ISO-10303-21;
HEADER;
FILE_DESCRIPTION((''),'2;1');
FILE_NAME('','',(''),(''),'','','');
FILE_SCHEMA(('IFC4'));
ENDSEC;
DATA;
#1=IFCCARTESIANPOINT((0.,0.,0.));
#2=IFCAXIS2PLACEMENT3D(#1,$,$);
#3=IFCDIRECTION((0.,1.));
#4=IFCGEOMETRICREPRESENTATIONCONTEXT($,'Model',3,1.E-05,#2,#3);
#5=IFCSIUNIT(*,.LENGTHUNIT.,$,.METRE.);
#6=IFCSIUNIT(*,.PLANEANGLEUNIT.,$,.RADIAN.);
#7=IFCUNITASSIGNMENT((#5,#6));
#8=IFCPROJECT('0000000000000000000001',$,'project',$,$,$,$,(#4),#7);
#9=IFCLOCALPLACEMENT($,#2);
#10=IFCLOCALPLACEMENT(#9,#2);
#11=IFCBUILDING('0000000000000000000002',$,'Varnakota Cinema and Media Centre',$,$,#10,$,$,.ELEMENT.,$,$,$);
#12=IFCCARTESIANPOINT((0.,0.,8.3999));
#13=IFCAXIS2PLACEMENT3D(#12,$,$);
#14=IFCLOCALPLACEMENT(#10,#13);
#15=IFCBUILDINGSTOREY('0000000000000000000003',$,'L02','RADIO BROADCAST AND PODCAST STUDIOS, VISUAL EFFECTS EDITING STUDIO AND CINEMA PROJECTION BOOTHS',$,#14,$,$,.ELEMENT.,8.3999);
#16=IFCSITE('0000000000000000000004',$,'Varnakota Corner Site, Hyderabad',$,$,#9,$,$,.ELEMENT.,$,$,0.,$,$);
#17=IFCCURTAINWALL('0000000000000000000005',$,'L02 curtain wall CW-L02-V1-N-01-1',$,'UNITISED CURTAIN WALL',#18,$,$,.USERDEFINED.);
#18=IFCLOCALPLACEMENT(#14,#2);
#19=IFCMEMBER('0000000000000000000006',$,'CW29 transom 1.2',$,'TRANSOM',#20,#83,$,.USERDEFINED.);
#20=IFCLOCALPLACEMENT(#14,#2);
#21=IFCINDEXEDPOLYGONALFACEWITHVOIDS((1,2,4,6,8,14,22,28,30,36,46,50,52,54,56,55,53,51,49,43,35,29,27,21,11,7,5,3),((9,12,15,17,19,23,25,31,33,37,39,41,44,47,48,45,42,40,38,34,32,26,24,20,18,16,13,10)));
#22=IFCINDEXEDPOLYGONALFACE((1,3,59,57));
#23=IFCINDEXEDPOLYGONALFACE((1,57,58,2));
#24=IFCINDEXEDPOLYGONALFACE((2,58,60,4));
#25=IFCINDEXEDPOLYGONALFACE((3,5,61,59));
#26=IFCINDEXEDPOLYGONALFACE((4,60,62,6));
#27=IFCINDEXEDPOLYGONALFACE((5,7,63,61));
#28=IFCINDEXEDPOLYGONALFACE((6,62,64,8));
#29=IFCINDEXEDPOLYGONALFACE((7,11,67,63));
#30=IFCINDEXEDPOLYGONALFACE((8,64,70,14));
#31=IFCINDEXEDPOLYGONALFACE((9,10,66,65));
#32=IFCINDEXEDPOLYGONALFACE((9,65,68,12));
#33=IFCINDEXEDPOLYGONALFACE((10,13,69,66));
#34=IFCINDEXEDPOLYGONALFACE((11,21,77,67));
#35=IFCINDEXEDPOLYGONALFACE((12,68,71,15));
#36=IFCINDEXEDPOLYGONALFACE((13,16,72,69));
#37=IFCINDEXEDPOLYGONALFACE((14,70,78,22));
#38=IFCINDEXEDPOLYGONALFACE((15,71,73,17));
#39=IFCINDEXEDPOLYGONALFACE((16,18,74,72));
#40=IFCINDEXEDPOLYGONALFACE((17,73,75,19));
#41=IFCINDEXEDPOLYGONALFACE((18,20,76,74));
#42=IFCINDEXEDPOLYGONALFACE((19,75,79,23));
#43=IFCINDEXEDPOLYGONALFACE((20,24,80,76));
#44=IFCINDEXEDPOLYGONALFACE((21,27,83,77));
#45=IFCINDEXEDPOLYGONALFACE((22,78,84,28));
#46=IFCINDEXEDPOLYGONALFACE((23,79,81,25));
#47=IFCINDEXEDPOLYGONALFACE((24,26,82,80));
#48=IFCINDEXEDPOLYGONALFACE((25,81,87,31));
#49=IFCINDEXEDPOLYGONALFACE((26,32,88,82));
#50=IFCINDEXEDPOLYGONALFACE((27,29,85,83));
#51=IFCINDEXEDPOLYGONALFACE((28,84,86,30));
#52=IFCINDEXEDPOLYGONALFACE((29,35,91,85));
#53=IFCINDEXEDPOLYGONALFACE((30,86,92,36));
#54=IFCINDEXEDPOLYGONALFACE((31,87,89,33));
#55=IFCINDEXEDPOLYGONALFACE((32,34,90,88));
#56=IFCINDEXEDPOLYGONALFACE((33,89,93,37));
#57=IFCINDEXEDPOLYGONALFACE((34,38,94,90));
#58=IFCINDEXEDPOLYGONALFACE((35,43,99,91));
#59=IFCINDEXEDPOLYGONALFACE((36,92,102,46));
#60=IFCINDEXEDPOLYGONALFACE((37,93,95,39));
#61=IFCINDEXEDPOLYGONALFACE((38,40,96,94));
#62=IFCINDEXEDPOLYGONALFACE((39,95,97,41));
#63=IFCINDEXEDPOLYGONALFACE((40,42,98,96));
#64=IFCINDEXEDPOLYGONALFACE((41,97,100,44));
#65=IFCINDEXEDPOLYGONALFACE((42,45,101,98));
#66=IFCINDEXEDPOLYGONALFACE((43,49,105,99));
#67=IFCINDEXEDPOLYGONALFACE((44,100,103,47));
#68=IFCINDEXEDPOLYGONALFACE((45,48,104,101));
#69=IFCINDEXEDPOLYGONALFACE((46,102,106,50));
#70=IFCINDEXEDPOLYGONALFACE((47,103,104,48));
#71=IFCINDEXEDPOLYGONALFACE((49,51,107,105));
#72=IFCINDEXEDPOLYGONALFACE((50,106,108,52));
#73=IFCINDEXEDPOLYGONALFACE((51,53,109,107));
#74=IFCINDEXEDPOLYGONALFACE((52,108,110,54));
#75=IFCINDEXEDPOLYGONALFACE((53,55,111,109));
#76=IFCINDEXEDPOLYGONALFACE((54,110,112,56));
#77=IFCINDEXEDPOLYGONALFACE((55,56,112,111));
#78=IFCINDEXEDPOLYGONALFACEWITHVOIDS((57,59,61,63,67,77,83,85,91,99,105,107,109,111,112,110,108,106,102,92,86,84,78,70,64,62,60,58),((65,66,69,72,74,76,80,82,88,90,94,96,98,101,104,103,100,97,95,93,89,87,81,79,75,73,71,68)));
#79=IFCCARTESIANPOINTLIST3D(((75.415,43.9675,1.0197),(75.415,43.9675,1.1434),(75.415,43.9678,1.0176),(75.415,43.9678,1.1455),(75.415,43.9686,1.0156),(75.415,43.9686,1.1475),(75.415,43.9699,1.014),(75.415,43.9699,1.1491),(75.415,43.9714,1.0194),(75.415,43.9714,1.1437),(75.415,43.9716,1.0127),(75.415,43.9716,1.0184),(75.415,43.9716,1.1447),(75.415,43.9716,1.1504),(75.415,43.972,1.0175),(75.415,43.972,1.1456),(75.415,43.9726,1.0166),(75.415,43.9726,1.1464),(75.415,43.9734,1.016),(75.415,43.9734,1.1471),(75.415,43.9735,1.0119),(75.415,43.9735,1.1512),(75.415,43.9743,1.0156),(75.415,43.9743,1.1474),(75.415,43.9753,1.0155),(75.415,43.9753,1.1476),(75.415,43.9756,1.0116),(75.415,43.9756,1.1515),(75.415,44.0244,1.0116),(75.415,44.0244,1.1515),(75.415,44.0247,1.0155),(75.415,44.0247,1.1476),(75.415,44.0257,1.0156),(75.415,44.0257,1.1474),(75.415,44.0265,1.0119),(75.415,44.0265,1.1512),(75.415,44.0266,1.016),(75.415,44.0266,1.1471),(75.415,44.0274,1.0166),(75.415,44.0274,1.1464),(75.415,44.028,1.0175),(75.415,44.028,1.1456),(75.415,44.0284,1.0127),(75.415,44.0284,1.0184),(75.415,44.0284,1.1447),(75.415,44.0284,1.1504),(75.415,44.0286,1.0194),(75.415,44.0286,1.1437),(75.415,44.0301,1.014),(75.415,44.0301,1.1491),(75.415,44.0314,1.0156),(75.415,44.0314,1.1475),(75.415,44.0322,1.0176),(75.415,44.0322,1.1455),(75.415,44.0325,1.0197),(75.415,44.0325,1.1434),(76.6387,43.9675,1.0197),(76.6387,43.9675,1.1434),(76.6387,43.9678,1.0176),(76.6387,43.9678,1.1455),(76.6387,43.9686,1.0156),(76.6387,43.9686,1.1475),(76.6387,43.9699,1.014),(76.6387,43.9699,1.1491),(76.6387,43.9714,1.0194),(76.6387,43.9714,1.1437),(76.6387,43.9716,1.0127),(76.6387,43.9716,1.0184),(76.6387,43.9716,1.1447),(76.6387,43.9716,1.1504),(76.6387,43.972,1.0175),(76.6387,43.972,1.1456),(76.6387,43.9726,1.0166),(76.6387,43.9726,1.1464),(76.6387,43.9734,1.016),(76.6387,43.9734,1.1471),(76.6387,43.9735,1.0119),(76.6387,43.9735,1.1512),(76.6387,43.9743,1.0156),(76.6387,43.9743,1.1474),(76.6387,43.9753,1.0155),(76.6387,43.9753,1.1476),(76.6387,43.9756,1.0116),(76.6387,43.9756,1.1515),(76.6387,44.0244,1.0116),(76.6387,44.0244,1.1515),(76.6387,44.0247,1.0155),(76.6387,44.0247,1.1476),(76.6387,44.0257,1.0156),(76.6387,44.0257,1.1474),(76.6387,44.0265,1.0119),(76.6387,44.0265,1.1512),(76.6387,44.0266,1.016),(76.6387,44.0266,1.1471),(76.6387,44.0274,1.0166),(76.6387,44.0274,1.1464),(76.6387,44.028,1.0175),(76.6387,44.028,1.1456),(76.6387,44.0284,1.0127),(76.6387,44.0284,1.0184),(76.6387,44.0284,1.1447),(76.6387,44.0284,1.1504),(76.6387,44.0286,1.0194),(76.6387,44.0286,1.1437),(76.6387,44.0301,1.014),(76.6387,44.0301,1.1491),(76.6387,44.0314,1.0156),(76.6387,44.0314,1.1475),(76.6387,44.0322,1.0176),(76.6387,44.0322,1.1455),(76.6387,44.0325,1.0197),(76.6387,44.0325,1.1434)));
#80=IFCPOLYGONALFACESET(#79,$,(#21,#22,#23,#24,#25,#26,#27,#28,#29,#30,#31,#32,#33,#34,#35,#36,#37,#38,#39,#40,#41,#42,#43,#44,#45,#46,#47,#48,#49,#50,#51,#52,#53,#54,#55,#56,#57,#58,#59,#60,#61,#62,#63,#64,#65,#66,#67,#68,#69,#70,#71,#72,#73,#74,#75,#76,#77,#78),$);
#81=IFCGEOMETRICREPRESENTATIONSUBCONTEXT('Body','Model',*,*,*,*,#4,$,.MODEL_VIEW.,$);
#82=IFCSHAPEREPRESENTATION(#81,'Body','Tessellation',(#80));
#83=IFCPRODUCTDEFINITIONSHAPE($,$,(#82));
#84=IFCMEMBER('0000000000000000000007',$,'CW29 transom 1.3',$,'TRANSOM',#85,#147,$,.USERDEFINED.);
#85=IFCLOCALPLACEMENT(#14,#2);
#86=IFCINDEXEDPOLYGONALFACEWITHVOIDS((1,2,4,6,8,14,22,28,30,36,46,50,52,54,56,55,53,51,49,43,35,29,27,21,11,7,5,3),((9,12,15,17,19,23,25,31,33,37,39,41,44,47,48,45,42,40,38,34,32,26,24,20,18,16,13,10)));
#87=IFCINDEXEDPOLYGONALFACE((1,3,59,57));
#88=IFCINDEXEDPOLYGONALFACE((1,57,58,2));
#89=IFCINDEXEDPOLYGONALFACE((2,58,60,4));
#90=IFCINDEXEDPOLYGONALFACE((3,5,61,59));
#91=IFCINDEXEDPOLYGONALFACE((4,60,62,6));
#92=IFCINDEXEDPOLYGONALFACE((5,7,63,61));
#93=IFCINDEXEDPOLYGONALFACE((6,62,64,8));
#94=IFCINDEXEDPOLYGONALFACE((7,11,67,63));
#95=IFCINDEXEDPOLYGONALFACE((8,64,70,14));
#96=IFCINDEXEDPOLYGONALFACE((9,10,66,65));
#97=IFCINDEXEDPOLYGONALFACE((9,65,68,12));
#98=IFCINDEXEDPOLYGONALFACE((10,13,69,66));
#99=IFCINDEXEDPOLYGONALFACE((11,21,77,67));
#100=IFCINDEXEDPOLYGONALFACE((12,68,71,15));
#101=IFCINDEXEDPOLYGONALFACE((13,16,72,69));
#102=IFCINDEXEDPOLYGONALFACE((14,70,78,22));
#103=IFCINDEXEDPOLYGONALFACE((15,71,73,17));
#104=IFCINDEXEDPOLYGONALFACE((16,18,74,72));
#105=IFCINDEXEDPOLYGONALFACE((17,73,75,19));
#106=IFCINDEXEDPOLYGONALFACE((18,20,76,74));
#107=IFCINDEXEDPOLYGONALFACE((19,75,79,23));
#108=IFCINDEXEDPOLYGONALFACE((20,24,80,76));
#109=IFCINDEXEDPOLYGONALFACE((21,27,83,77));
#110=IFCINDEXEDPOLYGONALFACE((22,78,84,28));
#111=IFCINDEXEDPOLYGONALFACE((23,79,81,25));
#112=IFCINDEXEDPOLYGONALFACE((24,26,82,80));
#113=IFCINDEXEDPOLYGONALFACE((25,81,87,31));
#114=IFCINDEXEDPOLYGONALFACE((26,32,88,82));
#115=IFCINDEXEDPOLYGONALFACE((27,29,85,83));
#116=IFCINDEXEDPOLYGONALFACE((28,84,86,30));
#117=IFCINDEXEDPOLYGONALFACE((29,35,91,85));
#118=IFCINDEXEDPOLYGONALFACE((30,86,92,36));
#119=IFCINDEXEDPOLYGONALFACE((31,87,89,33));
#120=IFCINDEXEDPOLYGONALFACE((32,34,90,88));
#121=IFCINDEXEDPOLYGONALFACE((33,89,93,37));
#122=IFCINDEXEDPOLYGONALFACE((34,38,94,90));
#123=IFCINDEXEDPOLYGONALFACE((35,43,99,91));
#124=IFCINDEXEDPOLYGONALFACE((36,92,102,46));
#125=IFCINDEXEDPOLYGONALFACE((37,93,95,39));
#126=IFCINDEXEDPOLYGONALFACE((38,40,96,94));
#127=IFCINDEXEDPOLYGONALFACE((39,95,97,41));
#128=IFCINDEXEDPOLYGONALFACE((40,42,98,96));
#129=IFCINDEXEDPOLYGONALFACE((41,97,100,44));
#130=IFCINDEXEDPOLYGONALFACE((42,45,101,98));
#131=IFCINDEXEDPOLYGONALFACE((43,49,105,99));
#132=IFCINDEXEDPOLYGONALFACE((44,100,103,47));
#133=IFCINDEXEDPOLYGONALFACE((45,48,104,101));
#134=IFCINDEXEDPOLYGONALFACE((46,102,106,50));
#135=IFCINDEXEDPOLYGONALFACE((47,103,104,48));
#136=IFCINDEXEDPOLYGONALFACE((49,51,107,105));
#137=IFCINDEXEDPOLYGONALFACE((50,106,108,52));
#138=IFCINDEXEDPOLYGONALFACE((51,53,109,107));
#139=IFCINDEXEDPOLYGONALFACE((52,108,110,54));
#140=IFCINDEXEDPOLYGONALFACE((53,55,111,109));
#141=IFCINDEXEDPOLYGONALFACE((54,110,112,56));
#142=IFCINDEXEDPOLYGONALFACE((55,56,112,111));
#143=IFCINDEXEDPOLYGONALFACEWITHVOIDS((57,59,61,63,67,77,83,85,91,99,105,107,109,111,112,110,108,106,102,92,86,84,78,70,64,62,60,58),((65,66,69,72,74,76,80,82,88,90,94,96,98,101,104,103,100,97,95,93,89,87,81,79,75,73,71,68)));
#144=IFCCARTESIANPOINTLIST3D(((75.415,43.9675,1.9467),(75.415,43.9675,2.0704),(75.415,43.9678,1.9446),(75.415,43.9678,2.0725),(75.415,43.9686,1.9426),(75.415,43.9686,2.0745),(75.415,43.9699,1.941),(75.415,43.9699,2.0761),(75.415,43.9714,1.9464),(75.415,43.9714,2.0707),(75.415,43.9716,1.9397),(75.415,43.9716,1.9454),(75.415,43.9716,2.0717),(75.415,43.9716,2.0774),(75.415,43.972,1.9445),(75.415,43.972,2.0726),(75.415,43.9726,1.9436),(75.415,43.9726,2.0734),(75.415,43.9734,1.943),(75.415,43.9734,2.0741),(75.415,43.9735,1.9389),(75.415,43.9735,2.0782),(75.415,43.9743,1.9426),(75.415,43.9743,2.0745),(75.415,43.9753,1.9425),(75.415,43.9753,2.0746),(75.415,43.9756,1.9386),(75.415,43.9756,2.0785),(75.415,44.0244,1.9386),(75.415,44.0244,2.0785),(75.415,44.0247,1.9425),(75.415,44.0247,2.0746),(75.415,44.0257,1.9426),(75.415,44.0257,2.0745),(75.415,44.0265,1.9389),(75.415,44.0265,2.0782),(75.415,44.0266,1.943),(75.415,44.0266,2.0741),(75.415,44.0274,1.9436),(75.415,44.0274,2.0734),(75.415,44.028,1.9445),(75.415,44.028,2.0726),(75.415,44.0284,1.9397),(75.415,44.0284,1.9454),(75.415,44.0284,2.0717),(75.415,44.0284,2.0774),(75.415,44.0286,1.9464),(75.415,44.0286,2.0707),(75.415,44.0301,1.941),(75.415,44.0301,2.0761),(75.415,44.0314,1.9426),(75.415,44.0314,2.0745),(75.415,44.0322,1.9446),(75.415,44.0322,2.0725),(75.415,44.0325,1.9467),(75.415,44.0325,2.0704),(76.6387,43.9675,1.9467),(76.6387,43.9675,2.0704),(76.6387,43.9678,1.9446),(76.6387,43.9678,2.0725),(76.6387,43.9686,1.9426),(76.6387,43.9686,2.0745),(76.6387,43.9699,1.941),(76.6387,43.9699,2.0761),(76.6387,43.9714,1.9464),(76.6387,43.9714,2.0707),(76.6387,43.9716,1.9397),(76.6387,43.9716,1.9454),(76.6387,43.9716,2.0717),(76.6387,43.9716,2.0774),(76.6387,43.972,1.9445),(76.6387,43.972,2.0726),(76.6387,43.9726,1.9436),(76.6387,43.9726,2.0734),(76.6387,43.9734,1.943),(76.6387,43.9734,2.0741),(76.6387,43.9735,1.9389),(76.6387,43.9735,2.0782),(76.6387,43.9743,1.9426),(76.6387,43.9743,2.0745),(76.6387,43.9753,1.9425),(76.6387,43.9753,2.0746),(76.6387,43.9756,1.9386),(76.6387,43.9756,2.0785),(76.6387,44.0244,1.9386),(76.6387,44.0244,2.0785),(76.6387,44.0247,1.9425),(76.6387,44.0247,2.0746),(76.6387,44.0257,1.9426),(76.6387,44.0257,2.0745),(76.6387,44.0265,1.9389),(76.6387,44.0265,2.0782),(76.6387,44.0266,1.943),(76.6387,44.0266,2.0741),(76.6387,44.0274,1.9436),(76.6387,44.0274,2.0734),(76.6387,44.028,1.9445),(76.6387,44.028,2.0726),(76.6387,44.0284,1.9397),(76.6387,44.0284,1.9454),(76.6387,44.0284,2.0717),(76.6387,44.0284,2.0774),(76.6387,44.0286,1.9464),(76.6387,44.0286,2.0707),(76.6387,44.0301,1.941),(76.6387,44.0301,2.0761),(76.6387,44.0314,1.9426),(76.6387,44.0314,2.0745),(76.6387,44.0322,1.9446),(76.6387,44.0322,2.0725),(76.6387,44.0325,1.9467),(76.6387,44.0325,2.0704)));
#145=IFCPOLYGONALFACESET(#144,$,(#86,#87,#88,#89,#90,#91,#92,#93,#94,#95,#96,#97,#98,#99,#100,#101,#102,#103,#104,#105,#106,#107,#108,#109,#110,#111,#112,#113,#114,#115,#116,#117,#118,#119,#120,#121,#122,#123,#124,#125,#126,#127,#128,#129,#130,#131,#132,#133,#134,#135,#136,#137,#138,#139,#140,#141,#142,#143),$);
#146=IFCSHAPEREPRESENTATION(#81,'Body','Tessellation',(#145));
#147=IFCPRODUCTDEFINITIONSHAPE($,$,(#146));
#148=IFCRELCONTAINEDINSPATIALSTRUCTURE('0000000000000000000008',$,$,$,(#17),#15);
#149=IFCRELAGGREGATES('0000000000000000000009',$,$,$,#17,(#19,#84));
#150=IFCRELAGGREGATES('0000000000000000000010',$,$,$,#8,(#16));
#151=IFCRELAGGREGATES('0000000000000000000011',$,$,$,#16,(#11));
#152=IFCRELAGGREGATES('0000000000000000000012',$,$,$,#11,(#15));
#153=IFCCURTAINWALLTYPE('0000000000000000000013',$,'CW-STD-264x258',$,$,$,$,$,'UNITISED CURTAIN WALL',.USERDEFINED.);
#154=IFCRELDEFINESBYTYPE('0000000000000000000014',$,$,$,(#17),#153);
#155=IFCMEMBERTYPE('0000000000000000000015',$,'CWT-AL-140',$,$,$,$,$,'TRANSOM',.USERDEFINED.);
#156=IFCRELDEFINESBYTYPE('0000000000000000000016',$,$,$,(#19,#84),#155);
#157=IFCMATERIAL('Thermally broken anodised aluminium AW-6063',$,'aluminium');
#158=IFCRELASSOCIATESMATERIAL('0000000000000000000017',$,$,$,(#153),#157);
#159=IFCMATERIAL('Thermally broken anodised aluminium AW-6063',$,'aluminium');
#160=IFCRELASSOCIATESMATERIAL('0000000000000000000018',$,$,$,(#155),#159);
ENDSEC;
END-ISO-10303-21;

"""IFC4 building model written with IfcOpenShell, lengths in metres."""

from ifc_helpers import new_model, si_unit, direction, frame, origin, origin_2d, place, context, subcontext, project, spatial, hollow_rectangle, extrude, material, material_profile, profile_set, type_object, element, aggregate, save


model = new_model("IFC4")

# Units and contexts
model_context = context("Model", 3, precision=1e-05, world=origin(), true_north=direction((0.0, 1.0)))
body_context = subcontext(model_context, "Body", "Model", "MODEL_VIEW")
ifc_project = project(units=[si_unit("LENGTHUNIT", "METRE"), si_unit("PLANEANGLEUNIT", "RADIAN")], contexts=[model_context])

# Site, building, storey
site_placement = place(None, origin())
site = spatial("IfcSite", under=ifc_project, at=site_placement, Name="Varnakota Corner Site, Hyderabad", CompositionType="ELEMENT", RefElevation=0.0)
building_placement = place(site_placement, origin())
building = spatial("IfcBuilding", under=site, at=building_placement, Name="Varnakota Cinema and Media Centre", CompositionType="ELEMENT")
storey_placement = place(building_placement, frame((0.0, 0.0, 8.3999)))
storey = spatial("IfcBuildingStorey", under=building, at=storey_placement, Name="L02", Description="RADIO BROADCAST AND PODCAST STUDIOS, VISUAL EFFECTS EDITING STUDIO AND CINEMA PROJECTION BOOTHS", CompositionType="ELEMENT", Elevation=8.3999)

# Curtain wall, members
ifc_material_1 = material(Name="Thermally broken anodised aluminium AW-6063", Category="aluminium")
curtain_wall_type = type_object("IfcCurtainWallType", Name="CW-STD-264x258", ElementType="UNITISED CURTAIN WALL", PredefinedType="USERDEFINED", material=ifc_material_1)
curtain_wall_placement = place(storey_placement, origin())
curtain_wall = element("IfcCurtainWall", 1, at=curtain_wall_placement, inside=storey, type_object=curtain_wall_type, Name="L02 curtain wall CW-L02-V1-N-01-1", ObjectType="UNITISED CURTAIN WALL", PredefinedType="USERDEFINED")
ifc_material_2 = material(Name="Thermally broken anodised aluminium AW-6063", Category="aluminium")
ifc_material_profile_1 = material_profile(ifc_material_2, hollow_rectangle(XDim=0.0649, YDim=0.1399, WallThickness=0.0039, InnerFilletRadius=0.0039, OuterFilletRadius=0.0081, at=origin_2d()), Name="AL-TRANSOM 140x65x4")
ifc_profile_set_1 = profile_set([ifc_material_profile_1], Name="Thermally broken anodised aluminium AW-6063")
member_type_1 = type_object("IfcMemberType", Name="CWT-AL-140", ElementType="TRANSOM", PredefinedType="USERDEFINED", material=ifc_profile_set_1)
member_1_placement = place(storey_placement, frame((75.415, 44.0, 1.0815), z_axis=(1.0, 0.0, 0.0), x_axis=(0.0, 1.0, 0.0)))
member_1 = element("IfcMember", 2, at=member_1_placement, type_object=member_type_1, Name="CW29 transom 1.2", ObjectType="TRANSOM", PredefinedType="USERDEFINED", context=body_context, shape_type="SweptSolid", body=[
    extrude(hollow_rectangle(XDim=0.0649, YDim=0.1399, WallThickness=0.0039, InnerFilletRadius=0.0039, OuterFilletRadius=0.0081, at=origin_2d()), origin(), (0.0, 0.0, 1.0), 1.2236),
])
member_2_placement = place(storey_placement, frame((75.415, 44.0, 2.0085), z_axis=(1.0, 0.0, 0.0), x_axis=(0.0, 1.0, 0.0)))
member_2 = element("IfcMember", 3, at=member_2_placement, type_object=member_type_1, Name="CW29 transom 1.3", ObjectType="TRANSOM", PredefinedType="USERDEFINED", context=body_context, shape_type="SweptSolid", body=[
    extrude(hollow_rectangle(XDim=0.0649, YDim=0.1399, WallThickness=0.0039, InnerFilletRadius=0.0039, OuterFilletRadius=0.0081, at=origin_2d()), origin(), (0.0, 0.0, 1.0), 1.2236),
])
aggregate(curtain_wall, [member_1, member_2])

save(model, "model.ifc")
